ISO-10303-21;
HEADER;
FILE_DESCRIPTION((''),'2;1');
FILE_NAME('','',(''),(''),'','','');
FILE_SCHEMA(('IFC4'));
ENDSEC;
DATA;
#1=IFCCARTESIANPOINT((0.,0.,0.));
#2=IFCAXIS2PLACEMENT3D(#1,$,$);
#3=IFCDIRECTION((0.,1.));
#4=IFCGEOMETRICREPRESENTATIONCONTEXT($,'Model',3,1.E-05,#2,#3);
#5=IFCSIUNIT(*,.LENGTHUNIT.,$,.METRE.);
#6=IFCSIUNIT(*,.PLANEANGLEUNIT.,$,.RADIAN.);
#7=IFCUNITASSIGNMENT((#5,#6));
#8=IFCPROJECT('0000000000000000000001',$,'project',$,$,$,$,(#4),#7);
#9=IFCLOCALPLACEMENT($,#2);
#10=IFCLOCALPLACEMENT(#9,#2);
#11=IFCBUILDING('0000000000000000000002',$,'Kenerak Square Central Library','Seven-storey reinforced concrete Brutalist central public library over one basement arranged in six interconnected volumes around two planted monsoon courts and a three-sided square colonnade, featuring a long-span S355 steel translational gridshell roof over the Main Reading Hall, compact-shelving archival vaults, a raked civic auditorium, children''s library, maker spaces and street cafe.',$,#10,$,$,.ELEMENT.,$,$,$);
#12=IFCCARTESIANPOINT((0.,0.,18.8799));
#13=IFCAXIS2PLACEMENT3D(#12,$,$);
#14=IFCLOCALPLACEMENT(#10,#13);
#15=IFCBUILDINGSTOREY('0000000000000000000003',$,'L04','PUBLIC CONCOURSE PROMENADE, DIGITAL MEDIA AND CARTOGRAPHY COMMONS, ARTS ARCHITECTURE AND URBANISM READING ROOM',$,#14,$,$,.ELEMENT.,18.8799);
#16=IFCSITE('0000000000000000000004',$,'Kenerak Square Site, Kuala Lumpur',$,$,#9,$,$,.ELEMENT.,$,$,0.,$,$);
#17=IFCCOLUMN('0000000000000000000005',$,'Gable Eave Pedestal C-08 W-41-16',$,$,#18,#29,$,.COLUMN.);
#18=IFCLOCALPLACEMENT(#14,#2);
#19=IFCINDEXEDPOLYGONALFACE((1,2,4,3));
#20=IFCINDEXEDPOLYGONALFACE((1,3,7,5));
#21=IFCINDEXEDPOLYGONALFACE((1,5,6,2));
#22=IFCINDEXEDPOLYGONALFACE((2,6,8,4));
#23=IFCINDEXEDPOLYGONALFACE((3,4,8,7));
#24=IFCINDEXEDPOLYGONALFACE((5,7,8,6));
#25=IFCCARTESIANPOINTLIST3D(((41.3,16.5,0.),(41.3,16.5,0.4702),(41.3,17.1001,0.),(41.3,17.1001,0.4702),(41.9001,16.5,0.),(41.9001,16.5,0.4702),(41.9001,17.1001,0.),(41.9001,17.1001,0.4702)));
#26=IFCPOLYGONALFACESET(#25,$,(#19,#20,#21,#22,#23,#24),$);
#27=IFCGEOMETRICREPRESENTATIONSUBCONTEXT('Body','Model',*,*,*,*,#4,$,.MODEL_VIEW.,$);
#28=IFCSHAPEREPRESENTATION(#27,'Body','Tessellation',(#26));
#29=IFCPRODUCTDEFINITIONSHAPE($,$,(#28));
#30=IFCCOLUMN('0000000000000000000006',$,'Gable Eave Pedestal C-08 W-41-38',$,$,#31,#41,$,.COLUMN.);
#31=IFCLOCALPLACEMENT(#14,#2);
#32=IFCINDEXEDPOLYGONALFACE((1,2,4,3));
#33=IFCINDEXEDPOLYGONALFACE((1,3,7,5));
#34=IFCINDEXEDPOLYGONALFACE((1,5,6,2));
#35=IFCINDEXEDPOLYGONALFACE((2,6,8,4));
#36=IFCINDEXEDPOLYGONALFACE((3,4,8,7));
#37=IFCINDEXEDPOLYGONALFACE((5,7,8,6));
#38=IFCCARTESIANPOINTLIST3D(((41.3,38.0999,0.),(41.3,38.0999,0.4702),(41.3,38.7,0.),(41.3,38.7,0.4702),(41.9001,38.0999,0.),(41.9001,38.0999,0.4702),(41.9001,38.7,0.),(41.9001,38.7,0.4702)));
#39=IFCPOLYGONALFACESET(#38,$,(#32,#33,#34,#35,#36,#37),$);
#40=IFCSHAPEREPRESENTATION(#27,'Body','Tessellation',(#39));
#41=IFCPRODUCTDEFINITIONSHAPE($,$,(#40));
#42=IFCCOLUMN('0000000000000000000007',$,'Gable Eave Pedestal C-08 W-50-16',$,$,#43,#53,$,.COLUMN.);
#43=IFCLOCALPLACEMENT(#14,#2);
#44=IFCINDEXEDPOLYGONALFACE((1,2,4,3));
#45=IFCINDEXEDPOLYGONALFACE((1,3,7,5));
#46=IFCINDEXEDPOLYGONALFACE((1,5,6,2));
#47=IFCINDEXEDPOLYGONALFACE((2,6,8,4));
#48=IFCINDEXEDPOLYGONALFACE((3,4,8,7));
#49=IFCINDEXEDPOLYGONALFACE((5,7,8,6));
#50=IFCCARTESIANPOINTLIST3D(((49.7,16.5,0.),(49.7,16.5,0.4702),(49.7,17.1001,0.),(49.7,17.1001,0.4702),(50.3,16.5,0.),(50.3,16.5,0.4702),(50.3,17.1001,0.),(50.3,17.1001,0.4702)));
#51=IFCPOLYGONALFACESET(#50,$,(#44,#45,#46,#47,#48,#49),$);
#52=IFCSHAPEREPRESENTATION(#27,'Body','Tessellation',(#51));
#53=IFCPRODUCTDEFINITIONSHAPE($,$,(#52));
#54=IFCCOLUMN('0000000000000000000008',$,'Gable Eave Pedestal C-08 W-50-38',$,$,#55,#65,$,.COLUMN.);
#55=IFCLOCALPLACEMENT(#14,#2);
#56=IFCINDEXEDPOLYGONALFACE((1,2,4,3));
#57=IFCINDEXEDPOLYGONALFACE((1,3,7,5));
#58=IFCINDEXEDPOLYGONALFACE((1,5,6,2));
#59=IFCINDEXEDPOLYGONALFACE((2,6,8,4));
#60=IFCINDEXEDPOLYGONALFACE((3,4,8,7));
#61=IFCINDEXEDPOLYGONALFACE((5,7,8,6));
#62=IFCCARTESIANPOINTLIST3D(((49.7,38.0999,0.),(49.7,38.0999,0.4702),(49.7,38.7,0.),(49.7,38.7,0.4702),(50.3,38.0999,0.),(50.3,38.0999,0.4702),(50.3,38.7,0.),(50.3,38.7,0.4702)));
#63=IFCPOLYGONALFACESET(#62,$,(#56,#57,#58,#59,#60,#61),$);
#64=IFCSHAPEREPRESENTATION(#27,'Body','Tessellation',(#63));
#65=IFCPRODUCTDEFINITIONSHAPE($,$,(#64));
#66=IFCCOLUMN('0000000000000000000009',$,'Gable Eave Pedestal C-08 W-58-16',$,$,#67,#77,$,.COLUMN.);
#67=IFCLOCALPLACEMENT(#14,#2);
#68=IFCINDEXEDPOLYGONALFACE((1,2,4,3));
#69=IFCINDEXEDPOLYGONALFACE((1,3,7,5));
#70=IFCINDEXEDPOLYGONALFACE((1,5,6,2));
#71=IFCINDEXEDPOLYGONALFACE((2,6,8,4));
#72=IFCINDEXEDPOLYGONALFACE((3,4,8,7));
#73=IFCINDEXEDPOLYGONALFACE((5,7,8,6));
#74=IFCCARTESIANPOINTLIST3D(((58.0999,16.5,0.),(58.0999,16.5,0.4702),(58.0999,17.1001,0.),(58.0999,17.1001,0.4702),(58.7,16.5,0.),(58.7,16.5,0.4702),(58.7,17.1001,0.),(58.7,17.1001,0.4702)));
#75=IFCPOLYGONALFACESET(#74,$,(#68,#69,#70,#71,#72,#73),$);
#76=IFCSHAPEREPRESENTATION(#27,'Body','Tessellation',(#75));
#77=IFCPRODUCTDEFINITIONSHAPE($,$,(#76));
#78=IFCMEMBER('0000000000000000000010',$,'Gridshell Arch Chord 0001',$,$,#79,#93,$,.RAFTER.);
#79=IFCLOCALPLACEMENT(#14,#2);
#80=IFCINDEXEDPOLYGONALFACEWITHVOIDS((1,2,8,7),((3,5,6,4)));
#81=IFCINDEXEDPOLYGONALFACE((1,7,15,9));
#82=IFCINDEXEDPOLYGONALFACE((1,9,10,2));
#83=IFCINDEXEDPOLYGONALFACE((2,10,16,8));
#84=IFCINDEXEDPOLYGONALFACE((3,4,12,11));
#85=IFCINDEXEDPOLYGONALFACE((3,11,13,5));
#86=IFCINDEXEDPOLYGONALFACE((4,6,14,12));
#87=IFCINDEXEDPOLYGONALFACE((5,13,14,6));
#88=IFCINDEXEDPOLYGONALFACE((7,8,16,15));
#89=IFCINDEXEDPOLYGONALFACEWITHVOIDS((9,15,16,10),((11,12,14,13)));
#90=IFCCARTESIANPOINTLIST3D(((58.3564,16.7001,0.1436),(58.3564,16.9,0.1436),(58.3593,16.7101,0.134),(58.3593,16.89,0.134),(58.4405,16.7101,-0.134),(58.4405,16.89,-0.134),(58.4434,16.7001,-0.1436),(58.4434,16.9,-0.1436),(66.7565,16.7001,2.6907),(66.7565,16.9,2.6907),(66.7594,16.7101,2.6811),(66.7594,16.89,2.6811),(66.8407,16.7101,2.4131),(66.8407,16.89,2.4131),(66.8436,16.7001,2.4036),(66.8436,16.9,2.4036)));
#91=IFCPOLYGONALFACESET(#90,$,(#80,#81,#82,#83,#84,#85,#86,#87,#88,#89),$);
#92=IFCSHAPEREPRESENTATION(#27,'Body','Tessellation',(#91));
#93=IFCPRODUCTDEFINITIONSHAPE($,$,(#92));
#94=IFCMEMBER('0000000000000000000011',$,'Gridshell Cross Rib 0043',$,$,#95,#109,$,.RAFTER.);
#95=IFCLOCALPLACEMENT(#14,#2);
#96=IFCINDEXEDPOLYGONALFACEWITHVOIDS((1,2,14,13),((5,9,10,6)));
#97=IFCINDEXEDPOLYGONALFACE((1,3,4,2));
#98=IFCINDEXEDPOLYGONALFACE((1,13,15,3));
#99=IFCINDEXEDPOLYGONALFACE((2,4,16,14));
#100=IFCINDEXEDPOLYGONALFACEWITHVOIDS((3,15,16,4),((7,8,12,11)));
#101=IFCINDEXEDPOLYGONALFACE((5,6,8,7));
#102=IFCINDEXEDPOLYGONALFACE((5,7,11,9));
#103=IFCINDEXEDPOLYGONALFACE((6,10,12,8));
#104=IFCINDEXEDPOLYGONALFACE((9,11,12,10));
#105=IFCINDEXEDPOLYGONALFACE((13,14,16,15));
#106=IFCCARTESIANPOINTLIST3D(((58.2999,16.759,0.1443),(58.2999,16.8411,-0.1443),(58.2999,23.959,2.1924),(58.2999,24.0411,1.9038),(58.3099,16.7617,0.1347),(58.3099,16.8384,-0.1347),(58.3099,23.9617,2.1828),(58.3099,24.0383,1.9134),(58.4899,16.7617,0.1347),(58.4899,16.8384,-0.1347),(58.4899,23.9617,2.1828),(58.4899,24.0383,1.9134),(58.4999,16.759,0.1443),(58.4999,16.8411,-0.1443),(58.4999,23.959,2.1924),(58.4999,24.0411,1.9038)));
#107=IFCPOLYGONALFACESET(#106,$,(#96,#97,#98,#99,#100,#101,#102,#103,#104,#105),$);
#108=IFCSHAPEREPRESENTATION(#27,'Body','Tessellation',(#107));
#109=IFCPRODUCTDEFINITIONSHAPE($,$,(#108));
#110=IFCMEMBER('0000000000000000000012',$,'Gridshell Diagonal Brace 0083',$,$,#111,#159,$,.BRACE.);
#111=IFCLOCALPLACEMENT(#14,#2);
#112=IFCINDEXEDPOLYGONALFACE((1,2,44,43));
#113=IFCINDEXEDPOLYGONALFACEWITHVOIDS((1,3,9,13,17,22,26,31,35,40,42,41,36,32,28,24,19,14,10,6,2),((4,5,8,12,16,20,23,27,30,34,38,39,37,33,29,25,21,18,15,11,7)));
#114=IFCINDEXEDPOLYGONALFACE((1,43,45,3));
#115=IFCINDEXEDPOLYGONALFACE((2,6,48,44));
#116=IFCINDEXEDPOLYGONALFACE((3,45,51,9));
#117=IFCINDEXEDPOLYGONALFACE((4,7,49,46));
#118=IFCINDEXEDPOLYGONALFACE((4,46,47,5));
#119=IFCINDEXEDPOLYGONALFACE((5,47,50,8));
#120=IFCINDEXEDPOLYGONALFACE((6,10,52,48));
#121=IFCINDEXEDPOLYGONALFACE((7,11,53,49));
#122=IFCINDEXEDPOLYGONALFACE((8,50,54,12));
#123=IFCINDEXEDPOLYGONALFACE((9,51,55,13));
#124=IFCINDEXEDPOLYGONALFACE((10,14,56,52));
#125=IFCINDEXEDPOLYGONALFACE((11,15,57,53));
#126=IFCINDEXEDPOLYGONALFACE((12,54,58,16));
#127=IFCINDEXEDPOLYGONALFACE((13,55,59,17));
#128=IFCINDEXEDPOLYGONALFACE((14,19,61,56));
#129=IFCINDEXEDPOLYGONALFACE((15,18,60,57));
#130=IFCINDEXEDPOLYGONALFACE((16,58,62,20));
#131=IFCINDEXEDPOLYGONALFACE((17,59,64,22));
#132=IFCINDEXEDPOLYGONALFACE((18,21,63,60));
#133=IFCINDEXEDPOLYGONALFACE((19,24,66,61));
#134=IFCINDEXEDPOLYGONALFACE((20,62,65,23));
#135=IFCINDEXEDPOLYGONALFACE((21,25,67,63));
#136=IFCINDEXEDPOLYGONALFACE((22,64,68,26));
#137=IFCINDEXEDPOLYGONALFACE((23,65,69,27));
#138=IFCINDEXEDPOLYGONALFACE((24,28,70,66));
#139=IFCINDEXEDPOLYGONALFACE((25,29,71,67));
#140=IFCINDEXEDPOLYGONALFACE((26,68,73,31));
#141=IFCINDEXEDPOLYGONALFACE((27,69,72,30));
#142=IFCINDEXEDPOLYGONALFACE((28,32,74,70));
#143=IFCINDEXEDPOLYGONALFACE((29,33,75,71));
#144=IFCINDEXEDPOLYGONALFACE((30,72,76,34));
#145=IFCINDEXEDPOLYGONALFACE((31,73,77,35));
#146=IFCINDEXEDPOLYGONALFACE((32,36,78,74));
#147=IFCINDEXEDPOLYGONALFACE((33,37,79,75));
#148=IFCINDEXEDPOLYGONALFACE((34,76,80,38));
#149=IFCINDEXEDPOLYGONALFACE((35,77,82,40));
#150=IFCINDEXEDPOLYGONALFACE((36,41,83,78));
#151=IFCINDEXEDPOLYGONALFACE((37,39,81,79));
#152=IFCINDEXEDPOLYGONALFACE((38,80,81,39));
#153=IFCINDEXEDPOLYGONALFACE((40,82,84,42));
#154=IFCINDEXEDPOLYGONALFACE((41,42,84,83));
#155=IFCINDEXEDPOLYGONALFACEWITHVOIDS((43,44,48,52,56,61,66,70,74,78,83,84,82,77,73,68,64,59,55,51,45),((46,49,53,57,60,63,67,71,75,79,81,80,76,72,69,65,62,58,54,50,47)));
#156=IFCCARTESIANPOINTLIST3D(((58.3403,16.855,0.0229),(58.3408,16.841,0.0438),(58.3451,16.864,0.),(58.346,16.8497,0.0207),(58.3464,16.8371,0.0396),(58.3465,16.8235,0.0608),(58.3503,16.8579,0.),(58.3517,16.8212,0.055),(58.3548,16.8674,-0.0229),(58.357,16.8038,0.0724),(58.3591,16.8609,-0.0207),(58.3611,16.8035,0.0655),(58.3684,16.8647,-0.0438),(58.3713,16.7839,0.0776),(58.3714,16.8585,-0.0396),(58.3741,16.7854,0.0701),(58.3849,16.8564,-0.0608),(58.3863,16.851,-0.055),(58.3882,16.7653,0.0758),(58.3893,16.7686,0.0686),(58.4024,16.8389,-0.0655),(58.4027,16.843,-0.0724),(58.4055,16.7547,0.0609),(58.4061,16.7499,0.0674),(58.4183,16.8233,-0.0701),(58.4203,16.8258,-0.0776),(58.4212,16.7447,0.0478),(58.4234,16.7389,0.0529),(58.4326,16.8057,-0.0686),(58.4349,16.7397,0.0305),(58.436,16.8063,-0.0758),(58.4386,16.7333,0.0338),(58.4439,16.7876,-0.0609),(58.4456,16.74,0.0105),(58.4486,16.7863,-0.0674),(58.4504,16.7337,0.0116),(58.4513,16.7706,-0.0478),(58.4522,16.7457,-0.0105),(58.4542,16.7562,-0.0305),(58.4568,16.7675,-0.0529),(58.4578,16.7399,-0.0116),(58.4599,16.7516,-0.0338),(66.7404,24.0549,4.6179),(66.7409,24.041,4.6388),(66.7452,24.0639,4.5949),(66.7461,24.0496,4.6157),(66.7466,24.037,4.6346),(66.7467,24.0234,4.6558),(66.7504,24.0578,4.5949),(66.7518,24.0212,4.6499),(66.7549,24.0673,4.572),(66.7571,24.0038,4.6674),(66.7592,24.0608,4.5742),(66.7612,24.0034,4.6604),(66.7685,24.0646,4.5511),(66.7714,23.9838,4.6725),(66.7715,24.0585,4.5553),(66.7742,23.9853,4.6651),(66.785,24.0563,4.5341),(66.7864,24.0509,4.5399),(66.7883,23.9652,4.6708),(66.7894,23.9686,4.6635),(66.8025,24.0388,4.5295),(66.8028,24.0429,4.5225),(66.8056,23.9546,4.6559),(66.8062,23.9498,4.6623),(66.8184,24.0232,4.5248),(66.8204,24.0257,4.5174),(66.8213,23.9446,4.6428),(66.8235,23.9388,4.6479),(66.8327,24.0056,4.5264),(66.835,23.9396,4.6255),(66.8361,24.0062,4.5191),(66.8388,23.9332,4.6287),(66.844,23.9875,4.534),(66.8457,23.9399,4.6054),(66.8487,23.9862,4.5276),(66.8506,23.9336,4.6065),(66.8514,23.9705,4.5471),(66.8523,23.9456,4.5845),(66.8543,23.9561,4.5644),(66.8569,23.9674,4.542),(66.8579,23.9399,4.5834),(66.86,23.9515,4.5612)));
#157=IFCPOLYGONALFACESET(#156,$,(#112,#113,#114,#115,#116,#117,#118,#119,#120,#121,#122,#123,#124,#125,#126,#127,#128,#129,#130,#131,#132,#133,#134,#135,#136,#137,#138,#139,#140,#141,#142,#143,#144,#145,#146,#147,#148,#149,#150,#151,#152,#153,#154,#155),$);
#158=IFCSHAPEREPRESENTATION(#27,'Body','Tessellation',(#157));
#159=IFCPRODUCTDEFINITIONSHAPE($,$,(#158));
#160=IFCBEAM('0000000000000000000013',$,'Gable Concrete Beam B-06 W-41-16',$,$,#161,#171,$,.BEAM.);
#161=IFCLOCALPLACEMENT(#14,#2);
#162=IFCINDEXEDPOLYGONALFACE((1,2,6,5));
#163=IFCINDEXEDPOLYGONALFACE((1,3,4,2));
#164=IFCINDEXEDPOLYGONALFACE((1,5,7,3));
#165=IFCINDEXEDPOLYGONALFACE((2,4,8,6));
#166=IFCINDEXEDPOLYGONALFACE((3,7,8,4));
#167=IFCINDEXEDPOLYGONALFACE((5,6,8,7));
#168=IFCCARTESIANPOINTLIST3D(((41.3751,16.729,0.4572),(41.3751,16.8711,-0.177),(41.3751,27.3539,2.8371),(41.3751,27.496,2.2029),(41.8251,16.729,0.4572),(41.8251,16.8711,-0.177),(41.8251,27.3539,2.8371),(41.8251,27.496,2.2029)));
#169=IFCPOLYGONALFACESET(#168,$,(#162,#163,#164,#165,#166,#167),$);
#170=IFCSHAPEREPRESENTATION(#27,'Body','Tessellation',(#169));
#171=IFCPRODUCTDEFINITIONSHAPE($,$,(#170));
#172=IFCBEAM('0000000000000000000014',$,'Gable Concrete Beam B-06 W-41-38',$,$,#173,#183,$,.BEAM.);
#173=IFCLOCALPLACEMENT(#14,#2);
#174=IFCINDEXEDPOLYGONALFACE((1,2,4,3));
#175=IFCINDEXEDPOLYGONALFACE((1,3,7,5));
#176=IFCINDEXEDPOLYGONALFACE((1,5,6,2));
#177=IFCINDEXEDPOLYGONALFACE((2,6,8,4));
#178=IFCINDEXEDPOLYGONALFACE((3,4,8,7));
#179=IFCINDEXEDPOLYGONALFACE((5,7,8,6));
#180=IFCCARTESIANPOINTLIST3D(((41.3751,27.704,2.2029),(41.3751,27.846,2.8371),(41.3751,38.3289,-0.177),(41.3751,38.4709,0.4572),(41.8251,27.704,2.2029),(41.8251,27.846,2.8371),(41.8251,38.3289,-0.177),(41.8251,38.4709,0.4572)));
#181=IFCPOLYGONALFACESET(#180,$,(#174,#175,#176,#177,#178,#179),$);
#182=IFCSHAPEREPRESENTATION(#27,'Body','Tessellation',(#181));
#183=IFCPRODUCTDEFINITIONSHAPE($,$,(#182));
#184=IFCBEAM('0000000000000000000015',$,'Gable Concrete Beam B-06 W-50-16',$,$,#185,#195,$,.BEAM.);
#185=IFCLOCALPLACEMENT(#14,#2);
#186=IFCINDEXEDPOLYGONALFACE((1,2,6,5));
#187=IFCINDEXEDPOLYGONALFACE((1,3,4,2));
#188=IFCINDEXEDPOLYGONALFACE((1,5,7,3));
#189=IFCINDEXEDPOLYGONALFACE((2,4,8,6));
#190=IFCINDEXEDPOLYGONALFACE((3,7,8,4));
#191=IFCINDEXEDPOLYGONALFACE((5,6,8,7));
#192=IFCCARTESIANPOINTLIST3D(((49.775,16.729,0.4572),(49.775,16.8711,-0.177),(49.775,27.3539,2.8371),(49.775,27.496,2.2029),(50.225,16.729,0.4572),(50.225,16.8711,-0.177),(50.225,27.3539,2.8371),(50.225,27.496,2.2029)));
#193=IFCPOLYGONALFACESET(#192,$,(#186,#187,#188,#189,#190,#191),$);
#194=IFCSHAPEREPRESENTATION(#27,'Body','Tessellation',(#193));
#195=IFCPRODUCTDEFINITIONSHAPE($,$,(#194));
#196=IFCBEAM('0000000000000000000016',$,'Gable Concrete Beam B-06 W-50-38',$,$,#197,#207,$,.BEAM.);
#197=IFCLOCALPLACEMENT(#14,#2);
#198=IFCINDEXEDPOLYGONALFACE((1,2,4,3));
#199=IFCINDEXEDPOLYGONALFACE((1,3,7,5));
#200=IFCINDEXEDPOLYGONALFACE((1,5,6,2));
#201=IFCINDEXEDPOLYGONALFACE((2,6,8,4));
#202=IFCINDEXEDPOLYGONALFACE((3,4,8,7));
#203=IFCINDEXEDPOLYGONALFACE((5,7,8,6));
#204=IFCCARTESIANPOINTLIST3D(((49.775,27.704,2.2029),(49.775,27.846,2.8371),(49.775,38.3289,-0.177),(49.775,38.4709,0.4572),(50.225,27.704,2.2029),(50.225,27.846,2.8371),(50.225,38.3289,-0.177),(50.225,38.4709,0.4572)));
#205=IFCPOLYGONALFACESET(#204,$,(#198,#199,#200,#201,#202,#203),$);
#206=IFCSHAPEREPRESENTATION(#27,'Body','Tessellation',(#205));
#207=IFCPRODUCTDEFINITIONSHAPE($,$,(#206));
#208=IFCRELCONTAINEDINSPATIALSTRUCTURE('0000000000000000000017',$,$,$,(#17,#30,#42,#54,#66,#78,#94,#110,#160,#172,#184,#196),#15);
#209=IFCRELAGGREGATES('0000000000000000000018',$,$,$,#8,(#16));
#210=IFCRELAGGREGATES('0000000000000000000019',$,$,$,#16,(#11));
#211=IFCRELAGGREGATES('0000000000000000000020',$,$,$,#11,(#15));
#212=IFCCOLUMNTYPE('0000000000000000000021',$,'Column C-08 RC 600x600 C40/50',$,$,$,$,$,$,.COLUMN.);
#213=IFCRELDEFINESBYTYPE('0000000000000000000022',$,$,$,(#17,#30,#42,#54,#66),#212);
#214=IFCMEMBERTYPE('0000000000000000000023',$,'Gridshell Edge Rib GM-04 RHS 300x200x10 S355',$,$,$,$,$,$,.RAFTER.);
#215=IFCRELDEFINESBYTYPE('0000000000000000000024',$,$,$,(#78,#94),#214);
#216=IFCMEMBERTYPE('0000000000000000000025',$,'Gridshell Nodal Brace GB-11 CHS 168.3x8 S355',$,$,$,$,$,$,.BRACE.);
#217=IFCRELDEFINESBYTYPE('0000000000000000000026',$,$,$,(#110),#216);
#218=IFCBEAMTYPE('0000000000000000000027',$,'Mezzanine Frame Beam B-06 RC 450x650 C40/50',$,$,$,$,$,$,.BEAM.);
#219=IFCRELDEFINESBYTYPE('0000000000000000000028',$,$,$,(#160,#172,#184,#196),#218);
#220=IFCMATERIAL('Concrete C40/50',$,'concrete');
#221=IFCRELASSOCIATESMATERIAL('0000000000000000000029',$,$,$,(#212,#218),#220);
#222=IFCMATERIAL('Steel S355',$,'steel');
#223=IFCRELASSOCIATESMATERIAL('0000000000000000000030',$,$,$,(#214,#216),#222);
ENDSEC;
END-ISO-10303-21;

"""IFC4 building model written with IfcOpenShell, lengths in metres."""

from ifc_helpers import new_model, si_unit, direction, frame, origin, origin_2d, place, context, subcontext, project, spatial, rectangle, hollow_rectangle, hollow_circle, extrude, material, material_profile, profile_set, type_object, element, save


model = new_model("IFC4")

# Units and contexts
model_context = context("Model", 3, precision=1e-05, world=origin(), true_north=direction((0.0, 1.0)))
body_context = subcontext(model_context, "Body", "Model", "MODEL_VIEW")
ifc_project = project(units=[si_unit("LENGTHUNIT", "METRE"), si_unit("PLANEANGLEUNIT", "RADIAN")], contexts=[model_context])

# Site, building, storey
site_placement = place(None, origin())
site = spatial("IfcSite", under=ifc_project, at=site_placement, Name="Kenerak Square Site, Kuala Lumpur", CompositionType="ELEMENT", RefElevation=0.0)
building_placement = place(site_placement, origin())
building = spatial("IfcBuilding", under=site, at=building_placement, Name="Kenerak Square Central Library", Description="Seven-storey reinforced concrete Brutalist central public library over one basement arranged in six interconnected volumes around two planted monsoon courts and a three-sided square colonnade, featuring a long-span S355 steel translational gridshell roof over the Main Reading Hall, compact-shelving archival vaults, a raked civic auditorium, children's library, maker spaces and street cafe.", CompositionType="ELEMENT")
storey_placement = place(building_placement, frame((0.0, 0.0, 18.8799)))
storey = spatial("IfcBuildingStorey", under=building, at=storey_placement, Name="L04", Description="PUBLIC CONCOURSE PROMENADE, DIGITAL MEDIA AND CARTOGRAPHY COMMONS, ARTS ARCHITECTURE AND URBANISM READING ROOM", CompositionType="ELEMENT", Elevation=18.8799)

# Columns
ifc_material_1 = material(Name="Concrete C40/50", Category="concrete")
ifc_material_profile_1 = material_profile(ifc_material_1, rectangle(XDim=0.6001, YDim=0.6001, at=origin_2d()), Name="RC 600x600")
ifc_profile_set_1 = profile_set([ifc_material_profile_1], Name="Concrete C40/50")
column_type = type_object("IfcColumnType", Name="Column C-08 RC 600x600 C40/50", PredefinedType="COLUMN", material=ifc_profile_set_1)
for number, where, z_axis, x_axis, name in (
    (1, (41.6001, 16.8, 0.0), (0.0, 0.0, 1.0), (1.0, 0.0, 0.0), "Gable Eave Pedestal C-08 W-41-16"),
    (2, (41.6001, 38.3999, 0.0), (0.0, 0.0, 1.0), (1.0, 0.0, 0.0), "Gable Eave Pedestal C-08 W-41-38"),
    (3, (50.0, 16.8, 0.0), (0.0, 0.0, 1.0), (1.0, 0.0, 0.0), "Gable Eave Pedestal C-08 W-50-16"),
    (4, (50.0, 38.3999, 0.0), (0.0, 0.0, 1.0), (1.0, 0.0, 0.0), "Gable Eave Pedestal C-08 W-50-38"),
    (5, (58.3999, 16.8, 0.0), (0.0, 0.0, 1.0), (1.0, 0.0, 0.0), "Gable Eave Pedestal C-08 W-58-16"),
):
    element("IfcColumn", number, at=place(storey_placement, frame(where, z_axis=z_axis, x_axis=x_axis)), inside=storey, type_object=column_type, Name=name, PredefinedType="COLUMN", context=body_context, shape_type="SweptSolid", body=[
        extrude(rectangle(XDim=0.6001, YDim=0.6001, at=origin_2d()), origin(), (0.0, 0.0, 1.0), 0.4702),
    ])

# Members
ifc_material_2 = material(Name="Steel S355", Category="steel")
ifc_material_profile_2 = material_profile(ifc_material_2, hollow_rectangle(XDim=0.2, YDim=0.3, WallThickness=0.01, at=origin_2d()), Name="RHS 300x200x10.0")
ifc_profile_set_2 = profile_set([ifc_material_profile_2], Name="Steel S355")
member_type_1 = type_object("IfcMemberType", Name="Gridshell Edge Rib GM-04 RHS 300x200x10 S355", PredefinedType="RAFTER", material=ifc_profile_set_2)
member_1_placement = place(storey_placement, frame((58.3999, 16.8, 0.0), z_axis=(0.956973, 0.0, 0.290176), x_axis=(0.0, 1.0, 0.0)))
element("IfcMember", 6, at=member_1_placement, inside=storey, type_object=member_type_1, Name="Gridshell Arch Chord 0001", PredefinedType="RAFTER", context=body_context, shape_type="SweptSolid", body=[
    extrude(hollow_rectangle(XDim=0.2, YDim=0.3, WallThickness=0.01, at=origin_2d()), origin(), (0.0, 0.0, 1.0), 8.7778),
])
member_2_placement = place(storey_placement, frame((58.3999, 16.8, 0.0), z_axis=(0.0, 0.961842, 0.273605), x_axis=(-1.0, 0.0, 0.0)))
element("IfcMember", 7, at=member_2_placement, inside=storey, type_object=member_type_1, Name="Gridshell Cross Rib 0043", PredefinedType="RAFTER", context=body_context, shape_type="SweptSolid", body=[
    extrude(hollow_rectangle(XDim=0.2, YDim=0.3, WallThickness=0.01, at=origin_2d()), origin(), (0.0, 0.0, 1.0), 7.4856),
])
ifc_material_profile_3 = material_profile(ifc_material_2, hollow_circle(Radius=0.0842, WallThickness=0.0081, at=origin_2d()), Name="CHS 168.3x8.0")
ifc_profile_set_3 = profile_set([ifc_material_profile_3], Name="Steel S355")
member_type_2 = type_object("IfcMemberType", Name="Gridshell Nodal Brace GB-11 CHS 168.3x8 S355", PredefinedType="BRACE", material=ifc_profile_set_3)
member_3_placement = place(storey_placement, frame((58.3999, 16.8, 0.0), z_axis=(0.701193, 0.601008, 0.38356), x_axis=(-0.650782, 0.759264, 0.0)))
element("IfcMember", 8, at=member_3_placement, inside=storey, type_object=member_type_2, Name="Gridshell Diagonal Brace 0083", PredefinedType="BRACE", context=body_context, shape_type="SweptSolid", body=[
    extrude(hollow_circle(Radius=0.0842, WallThickness=0.0081, at=origin_2d()), origin(), (0.0, 0.0, 1.0), 11.9797),
])

# Beams
ifc_material_profile_4 = material_profile(ifc_material_1, rectangle(XDim=0.45, YDim=0.6499, at=origin_2d()), Name="RC 450x650")
ifc_profile_set_4 = profile_set([ifc_material_profile_4], Name="Concrete C40/50")
beam_type_1 = type_object("IfcBeamType", Name="Mezzanine Frame Beam B-06 RC 450x650 C40/50", PredefinedType="BEAM", material=ifc_profile_set_4)
for number, where, z_axis, x_axis, name in (
    (9, (41.6001, 16.8, 0.1401), (0.0, 0.975821, 0.218573), (-1.0, 0.0, 0.0), "Gable Concrete Beam B-06 W-41-16"),
    (10, (41.6001, 38.3999, 0.1401), (0.0, -0.975821, 0.218573), (1.0, 0.0, 0.0), "Gable Concrete Beam B-06 W-41-38"),
    (11, (50.0, 16.8, 0.1401), (0.0, 0.975821, 0.218573), (-1.0, 0.0, 0.0), "Gable Concrete Beam B-06 W-50-16"),
    (12, (50.0, 38.3999, 0.1401), (0.0, -0.975821, 0.218573), (1.0, 0.0, 0.0), "Gable Concrete Beam B-06 W-50-38"),
):
    element("IfcBeam", number, at=place(storey_placement, frame(where, z_axis=z_axis, x_axis=x_axis)), inside=storey, type_object=beam_type_1, Name=name, PredefinedType="BEAM", context=body_context, shape_type="SweptSolid", body=[
        extrude(rectangle(XDim=0.45, YDim=0.6499, at=origin_2d()), origin(), (0.0, 0.0, 1.0), 10.8882),
    ])

save(model, "model.ifc")
